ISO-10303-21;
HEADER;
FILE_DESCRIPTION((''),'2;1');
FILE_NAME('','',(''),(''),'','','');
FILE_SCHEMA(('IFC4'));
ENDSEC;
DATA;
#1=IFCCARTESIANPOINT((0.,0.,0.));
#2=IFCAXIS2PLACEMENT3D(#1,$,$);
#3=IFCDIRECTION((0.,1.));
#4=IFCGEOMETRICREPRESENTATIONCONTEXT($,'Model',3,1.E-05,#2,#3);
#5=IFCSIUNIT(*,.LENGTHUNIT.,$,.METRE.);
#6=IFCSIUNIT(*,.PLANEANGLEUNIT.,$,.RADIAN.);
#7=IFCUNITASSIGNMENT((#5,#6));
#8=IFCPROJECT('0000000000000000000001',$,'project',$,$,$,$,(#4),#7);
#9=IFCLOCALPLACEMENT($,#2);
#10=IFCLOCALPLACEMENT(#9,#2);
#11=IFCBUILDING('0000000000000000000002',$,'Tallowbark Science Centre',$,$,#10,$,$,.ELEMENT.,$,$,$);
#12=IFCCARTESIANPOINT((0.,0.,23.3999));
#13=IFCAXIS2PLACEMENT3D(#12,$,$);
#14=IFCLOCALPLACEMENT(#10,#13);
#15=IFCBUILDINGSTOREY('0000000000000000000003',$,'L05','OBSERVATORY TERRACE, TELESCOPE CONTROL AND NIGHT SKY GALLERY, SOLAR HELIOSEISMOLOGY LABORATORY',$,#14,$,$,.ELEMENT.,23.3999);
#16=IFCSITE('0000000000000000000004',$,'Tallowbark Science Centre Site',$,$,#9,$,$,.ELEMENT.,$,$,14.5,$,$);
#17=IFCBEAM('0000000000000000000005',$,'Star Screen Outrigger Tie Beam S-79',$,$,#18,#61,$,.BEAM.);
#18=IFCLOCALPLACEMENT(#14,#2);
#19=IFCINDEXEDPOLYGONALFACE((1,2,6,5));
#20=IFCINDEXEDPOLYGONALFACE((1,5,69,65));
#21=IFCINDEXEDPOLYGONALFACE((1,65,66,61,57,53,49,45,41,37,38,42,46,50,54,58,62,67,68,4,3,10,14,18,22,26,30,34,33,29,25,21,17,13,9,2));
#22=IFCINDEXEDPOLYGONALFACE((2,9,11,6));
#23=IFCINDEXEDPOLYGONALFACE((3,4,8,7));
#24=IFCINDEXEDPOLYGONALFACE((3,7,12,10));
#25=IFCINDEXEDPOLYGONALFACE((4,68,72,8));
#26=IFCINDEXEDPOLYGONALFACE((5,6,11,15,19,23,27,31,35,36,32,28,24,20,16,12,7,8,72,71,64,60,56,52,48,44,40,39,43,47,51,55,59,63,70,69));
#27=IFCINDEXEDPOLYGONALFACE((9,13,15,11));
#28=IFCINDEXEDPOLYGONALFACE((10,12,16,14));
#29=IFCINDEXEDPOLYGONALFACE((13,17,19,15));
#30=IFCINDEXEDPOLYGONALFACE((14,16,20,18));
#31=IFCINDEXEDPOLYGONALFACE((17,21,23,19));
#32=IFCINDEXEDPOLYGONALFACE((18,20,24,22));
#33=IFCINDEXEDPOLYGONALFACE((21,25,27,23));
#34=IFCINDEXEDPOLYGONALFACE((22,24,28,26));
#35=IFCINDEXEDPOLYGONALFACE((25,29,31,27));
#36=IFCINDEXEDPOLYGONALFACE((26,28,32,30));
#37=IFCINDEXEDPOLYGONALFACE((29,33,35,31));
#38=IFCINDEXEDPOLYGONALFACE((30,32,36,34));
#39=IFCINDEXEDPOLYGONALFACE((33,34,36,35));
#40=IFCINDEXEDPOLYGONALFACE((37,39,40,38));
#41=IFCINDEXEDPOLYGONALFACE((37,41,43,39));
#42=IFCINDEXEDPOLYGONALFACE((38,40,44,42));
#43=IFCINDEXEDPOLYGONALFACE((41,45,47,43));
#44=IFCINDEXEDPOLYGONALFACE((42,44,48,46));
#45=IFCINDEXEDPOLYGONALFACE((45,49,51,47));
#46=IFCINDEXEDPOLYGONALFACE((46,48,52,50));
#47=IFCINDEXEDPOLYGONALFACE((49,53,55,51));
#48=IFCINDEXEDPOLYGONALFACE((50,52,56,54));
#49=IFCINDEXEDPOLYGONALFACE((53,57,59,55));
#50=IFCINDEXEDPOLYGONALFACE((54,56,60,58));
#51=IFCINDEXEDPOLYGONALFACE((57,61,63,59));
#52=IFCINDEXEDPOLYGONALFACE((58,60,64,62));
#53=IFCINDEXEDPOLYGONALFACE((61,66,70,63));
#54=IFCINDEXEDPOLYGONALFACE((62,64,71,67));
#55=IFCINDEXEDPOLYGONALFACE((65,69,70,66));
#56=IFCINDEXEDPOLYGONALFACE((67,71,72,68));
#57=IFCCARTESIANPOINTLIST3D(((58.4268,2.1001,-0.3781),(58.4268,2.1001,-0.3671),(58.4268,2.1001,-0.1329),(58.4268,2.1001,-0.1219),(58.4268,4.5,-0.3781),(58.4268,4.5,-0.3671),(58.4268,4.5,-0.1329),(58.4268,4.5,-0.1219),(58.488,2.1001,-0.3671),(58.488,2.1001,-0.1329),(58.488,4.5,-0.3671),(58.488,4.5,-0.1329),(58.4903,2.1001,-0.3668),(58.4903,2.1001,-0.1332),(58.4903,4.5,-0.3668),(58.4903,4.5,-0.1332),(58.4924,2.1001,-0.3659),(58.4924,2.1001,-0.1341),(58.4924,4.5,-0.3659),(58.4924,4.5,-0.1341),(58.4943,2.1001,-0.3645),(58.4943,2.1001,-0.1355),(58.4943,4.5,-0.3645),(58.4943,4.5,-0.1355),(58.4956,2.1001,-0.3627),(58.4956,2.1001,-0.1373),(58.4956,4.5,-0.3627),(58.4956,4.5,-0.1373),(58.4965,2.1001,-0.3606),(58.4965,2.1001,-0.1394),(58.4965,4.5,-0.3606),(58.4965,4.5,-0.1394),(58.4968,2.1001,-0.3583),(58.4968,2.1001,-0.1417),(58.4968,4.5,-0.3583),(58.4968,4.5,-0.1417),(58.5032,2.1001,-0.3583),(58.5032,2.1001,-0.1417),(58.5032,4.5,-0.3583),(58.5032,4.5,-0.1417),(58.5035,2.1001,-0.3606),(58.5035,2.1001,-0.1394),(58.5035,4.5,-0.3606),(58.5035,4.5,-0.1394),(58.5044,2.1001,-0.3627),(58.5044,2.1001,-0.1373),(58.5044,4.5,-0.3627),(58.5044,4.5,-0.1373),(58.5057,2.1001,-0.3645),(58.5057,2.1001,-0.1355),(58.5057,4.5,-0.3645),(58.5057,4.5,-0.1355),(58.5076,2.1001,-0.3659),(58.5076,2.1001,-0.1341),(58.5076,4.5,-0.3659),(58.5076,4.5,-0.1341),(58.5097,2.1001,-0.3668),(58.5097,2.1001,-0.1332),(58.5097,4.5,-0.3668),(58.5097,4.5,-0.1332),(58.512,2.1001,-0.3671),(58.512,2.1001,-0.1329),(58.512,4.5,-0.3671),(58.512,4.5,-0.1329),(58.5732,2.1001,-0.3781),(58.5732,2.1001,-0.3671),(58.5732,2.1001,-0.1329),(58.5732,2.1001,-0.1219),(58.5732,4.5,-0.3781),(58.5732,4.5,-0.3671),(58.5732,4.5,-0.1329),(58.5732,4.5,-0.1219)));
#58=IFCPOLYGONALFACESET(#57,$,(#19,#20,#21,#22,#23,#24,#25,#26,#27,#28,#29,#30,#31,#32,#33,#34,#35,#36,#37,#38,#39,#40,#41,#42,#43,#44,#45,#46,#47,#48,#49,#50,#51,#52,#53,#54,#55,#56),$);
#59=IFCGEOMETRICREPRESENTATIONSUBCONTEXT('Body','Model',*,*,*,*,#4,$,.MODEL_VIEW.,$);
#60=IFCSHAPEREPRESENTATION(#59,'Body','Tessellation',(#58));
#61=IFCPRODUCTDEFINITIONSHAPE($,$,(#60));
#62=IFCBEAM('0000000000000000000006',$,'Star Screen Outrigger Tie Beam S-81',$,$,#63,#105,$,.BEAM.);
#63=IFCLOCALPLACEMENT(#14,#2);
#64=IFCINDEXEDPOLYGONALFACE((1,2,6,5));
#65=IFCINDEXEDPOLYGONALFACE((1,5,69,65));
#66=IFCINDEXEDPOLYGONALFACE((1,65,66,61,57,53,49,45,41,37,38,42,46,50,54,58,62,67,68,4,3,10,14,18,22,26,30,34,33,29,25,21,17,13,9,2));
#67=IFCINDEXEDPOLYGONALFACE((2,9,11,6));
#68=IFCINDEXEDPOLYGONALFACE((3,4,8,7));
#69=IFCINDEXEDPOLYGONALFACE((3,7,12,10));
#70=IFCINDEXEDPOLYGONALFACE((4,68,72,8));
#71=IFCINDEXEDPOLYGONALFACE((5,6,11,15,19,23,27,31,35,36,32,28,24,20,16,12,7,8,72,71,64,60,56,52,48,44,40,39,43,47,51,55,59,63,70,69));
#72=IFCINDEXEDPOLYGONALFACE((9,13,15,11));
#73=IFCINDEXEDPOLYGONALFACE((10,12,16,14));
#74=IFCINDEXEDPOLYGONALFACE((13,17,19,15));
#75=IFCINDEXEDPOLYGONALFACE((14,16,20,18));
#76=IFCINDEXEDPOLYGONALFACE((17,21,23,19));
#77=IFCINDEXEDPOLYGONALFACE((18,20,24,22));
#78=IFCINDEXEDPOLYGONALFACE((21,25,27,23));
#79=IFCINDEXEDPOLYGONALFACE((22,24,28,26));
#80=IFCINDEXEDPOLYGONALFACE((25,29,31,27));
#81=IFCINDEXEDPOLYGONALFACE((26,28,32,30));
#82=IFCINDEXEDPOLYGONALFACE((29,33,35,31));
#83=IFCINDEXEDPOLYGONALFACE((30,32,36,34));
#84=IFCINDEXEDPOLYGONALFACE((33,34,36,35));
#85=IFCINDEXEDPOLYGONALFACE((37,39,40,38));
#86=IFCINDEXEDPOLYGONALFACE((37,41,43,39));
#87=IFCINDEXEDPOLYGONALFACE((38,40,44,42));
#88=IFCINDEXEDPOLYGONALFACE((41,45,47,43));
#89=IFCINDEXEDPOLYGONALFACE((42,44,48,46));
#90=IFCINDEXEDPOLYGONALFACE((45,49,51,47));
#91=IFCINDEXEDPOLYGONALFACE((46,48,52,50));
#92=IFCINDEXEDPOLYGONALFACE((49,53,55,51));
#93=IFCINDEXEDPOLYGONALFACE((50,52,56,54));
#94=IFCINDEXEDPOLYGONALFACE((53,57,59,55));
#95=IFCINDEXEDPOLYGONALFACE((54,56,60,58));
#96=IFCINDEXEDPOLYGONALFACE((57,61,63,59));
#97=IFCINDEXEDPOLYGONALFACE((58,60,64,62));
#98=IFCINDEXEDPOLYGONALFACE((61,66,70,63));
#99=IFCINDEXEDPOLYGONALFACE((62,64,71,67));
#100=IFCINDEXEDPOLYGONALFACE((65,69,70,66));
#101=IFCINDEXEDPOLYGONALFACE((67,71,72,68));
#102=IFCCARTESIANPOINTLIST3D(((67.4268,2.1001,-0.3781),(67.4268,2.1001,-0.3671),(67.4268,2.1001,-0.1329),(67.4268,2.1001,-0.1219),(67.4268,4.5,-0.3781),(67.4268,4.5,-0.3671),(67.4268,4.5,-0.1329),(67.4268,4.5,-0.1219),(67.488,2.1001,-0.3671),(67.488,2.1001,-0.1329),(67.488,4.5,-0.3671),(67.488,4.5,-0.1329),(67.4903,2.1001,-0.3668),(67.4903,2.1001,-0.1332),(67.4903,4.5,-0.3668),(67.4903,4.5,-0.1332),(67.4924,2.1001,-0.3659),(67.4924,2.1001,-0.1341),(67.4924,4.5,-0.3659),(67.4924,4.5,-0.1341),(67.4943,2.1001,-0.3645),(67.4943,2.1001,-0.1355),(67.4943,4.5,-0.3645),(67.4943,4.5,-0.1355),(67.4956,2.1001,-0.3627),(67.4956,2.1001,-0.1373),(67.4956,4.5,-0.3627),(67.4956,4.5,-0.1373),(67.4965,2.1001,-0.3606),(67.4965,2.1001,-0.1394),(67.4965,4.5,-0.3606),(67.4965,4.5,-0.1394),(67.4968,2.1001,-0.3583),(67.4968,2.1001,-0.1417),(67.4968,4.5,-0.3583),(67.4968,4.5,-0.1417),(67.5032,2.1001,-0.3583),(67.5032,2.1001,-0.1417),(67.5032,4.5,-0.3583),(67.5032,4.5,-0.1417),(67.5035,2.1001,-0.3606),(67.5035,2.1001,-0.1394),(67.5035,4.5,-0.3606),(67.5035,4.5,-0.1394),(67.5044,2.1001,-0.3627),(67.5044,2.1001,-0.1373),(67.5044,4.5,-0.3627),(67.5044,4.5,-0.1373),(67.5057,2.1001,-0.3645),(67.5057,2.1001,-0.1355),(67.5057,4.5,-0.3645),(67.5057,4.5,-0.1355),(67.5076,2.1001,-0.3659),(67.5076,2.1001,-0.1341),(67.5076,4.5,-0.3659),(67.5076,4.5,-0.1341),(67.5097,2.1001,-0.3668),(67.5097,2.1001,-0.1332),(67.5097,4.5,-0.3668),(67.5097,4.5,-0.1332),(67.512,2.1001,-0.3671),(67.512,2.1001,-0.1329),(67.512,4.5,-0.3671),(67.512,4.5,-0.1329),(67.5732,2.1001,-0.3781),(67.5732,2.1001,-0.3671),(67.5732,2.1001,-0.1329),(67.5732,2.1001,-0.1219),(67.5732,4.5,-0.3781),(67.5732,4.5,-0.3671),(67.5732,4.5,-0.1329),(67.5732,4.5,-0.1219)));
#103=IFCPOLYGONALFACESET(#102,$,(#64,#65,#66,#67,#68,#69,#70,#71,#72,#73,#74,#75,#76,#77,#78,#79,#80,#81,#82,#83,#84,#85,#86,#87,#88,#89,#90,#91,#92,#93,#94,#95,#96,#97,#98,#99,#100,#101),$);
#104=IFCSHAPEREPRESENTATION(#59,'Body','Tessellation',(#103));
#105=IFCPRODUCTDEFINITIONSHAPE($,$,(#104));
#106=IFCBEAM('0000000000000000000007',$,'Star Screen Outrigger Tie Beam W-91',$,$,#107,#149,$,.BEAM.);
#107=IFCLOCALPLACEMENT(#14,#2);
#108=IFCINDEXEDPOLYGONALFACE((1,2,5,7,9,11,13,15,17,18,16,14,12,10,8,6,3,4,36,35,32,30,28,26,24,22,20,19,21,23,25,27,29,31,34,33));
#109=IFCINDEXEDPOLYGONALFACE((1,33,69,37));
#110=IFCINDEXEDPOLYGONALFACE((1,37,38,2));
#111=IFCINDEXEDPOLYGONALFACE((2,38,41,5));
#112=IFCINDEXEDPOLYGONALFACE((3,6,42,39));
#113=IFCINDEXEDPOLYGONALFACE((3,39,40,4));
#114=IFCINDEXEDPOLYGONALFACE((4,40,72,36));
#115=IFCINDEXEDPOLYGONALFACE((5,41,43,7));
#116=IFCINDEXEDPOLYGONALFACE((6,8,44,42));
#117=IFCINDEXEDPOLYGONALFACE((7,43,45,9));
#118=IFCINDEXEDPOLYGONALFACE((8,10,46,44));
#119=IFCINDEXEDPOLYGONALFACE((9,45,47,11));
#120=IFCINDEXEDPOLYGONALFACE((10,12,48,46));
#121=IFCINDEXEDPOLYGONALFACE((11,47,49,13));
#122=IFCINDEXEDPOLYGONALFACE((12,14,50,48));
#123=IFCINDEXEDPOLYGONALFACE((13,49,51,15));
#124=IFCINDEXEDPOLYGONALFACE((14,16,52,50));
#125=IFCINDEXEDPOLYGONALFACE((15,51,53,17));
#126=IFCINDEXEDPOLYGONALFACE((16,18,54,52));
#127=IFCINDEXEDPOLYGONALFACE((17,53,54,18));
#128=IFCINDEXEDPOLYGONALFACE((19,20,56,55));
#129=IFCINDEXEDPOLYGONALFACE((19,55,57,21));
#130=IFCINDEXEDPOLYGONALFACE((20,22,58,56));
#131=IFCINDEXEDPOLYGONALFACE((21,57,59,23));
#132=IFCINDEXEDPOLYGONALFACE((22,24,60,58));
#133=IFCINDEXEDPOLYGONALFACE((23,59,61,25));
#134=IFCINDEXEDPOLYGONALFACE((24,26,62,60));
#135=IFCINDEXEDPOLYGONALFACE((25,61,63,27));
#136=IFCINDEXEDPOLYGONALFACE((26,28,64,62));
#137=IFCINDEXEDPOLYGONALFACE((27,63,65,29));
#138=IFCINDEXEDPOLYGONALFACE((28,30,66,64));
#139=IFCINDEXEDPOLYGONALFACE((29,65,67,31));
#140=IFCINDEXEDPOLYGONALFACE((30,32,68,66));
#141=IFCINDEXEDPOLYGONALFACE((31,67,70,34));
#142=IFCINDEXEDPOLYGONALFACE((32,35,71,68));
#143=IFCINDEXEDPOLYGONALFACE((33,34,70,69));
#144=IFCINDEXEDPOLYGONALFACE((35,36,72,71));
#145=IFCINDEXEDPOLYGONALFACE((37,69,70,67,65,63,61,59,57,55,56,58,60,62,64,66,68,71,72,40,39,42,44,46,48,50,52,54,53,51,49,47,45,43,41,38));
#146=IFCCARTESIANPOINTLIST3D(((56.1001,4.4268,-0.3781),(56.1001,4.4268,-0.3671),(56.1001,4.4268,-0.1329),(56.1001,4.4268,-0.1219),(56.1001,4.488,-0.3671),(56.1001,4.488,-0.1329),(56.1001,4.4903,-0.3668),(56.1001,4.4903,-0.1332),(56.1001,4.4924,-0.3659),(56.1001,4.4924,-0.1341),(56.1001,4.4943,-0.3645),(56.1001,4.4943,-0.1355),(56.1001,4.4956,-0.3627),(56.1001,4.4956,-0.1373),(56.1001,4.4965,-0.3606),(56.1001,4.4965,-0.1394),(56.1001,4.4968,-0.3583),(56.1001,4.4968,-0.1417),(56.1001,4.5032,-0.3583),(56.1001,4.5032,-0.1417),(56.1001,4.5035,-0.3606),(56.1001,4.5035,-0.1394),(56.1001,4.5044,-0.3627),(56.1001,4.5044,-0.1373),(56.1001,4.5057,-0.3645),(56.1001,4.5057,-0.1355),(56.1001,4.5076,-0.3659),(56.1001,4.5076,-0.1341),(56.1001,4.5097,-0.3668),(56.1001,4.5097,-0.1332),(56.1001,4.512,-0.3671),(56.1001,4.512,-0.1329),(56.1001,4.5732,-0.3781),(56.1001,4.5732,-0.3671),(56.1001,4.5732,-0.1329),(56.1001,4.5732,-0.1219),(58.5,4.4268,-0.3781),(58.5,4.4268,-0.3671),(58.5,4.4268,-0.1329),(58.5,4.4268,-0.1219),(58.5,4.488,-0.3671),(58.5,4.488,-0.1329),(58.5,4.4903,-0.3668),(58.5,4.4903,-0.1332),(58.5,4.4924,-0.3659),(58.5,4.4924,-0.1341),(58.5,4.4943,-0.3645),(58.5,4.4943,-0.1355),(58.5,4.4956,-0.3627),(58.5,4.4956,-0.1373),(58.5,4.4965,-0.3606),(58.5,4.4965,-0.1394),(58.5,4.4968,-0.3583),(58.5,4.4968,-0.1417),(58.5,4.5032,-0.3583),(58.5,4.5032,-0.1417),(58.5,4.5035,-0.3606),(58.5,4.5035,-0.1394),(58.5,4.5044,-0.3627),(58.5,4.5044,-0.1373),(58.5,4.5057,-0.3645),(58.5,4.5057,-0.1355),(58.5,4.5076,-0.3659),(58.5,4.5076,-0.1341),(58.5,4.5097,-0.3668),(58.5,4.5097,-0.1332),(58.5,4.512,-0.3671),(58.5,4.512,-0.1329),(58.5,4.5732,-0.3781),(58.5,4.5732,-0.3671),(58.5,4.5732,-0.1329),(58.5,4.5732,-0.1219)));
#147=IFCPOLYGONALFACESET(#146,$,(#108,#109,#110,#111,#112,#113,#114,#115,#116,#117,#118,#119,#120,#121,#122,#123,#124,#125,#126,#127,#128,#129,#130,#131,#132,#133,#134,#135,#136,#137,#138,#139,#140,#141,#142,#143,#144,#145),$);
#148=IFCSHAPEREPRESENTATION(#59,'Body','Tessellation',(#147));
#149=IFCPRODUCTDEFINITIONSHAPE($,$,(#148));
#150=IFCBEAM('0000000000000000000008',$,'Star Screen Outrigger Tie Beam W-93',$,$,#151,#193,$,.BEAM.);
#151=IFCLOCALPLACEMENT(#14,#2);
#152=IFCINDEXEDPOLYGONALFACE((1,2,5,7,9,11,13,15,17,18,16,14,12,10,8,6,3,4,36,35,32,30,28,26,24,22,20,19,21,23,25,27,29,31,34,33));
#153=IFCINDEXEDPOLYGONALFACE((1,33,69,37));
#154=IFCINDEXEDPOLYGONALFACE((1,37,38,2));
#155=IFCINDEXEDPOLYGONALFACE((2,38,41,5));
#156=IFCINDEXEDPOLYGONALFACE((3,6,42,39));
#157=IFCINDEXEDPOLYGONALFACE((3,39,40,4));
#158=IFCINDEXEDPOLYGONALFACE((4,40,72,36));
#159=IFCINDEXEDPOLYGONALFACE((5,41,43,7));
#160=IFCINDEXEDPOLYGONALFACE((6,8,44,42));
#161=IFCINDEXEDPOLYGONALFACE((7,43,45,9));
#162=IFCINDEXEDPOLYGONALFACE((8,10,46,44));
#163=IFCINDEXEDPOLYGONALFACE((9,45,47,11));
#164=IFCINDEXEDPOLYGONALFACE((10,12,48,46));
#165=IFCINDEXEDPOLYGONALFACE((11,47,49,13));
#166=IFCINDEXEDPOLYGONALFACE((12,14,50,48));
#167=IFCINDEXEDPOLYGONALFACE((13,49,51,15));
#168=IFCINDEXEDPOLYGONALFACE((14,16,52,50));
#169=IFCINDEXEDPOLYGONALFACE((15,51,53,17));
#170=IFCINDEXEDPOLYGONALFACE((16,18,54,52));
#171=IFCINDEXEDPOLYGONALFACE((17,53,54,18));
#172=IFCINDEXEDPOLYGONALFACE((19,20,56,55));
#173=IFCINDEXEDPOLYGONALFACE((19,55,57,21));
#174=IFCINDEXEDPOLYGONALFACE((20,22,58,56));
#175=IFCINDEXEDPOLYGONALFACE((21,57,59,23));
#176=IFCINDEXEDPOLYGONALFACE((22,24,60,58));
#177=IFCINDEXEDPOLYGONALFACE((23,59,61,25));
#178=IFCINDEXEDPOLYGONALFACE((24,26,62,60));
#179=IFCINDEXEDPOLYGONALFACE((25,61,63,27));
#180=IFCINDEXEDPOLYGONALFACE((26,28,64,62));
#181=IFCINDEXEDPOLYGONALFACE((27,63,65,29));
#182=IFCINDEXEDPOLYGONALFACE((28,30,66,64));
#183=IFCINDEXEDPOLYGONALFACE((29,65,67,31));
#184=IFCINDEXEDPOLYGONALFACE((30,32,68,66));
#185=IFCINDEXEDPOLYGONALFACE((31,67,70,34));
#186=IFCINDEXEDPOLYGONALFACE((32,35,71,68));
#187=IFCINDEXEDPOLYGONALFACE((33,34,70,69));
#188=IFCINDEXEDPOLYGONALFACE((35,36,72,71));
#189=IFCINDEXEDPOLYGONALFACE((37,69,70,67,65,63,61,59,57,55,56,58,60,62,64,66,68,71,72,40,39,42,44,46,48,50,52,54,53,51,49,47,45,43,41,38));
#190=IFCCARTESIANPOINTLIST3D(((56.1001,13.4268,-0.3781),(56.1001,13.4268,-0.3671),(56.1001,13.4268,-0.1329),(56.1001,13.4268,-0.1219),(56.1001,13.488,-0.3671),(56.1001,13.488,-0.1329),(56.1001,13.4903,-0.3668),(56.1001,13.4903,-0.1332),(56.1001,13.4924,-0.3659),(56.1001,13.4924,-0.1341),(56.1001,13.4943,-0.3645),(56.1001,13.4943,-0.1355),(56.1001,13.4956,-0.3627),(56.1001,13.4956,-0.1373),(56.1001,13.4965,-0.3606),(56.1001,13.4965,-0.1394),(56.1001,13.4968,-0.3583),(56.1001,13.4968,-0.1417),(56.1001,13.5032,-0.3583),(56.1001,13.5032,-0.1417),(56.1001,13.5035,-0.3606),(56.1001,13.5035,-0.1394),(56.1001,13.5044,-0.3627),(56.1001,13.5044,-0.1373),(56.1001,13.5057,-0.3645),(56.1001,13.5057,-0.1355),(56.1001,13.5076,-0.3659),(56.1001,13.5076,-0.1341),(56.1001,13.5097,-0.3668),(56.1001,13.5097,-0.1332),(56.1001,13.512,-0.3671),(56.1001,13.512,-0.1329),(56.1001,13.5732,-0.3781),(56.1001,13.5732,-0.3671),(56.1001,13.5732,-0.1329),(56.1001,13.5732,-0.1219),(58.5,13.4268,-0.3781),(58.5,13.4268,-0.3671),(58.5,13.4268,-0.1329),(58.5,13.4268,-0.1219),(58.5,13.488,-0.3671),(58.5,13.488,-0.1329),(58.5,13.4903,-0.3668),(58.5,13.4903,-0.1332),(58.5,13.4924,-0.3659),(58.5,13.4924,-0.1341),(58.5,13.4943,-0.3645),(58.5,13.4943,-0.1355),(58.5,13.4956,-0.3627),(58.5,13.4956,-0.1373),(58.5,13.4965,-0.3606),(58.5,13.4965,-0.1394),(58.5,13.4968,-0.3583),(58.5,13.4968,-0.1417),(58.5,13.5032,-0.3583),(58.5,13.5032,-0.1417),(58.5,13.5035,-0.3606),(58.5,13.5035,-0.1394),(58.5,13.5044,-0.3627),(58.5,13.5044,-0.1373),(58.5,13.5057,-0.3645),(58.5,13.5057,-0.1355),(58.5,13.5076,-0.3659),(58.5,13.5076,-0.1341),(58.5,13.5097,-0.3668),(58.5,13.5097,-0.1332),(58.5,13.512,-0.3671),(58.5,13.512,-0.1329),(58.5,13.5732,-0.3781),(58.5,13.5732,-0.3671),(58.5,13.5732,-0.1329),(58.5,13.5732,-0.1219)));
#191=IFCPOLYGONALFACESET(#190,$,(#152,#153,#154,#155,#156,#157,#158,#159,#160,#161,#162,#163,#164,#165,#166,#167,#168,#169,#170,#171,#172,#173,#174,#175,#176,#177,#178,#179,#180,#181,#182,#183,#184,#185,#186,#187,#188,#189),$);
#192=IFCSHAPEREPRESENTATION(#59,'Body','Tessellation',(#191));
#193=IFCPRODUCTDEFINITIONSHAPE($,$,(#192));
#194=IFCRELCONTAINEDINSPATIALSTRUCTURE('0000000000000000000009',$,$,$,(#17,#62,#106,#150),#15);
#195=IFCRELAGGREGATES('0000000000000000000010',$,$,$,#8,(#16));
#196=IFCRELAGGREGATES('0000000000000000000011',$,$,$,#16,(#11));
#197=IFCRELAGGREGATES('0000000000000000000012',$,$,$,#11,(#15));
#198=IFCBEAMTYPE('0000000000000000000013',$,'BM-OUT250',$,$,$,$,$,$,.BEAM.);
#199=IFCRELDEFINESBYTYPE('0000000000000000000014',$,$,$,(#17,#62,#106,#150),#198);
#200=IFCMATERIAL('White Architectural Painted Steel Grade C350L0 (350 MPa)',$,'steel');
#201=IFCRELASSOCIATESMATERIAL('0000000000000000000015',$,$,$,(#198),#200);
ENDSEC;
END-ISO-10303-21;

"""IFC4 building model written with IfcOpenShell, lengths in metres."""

from ifc_helpers import new_model, si_unit, direction, frame, origin, origin_2d, place, context, subcontext, project, spatial, i_section, extrude, material, material_profile, profile_set, type_object, element, save


model = new_model("IFC4")

# Units and contexts
model_context = context("Model", 3, precision=1e-05, world=origin(), true_north=direction((0.0, 1.0)))
body_context = subcontext(model_context, "Body", "Model", "MODEL_VIEW")
ifc_project = project(units=[si_unit("LENGTHUNIT", "METRE"), si_unit("PLANEANGLEUNIT", "RADIAN")], contexts=[model_context])

# Site, building, storey
site_placement = place(None, origin())
site = spatial("IfcSite", under=ifc_project, at=site_placement, Name="Tallowbark Science Centre Site", CompositionType="ELEMENT", RefElevation=14.5)
building_placement = place(site_placement, origin())
building = spatial("IfcBuilding", under=site, at=building_placement, Name="Tallowbark Science Centre", CompositionType="ELEMENT")
storey_placement = place(building_placement, frame((0.0, 0.0, 23.3999)))
storey = spatial("IfcBuildingStorey", under=building, at=storey_placement, Name="L05", Description="OBSERVATORY TERRACE, TELESCOPE CONTROL AND NIGHT SKY GALLERY, SOLAR HELIOSEISMOLOGY LABORATORY", CompositionType="ELEMENT", Elevation=23.3999)

# Shared definitions
ifc_material_1 = material(Name="White Architectural Painted Steel Grade C350L0 (350 MPa)", Category="steel")

# Beams
ifc_material_profile_1 = material_profile(ifc_material_1, i_section(OverallWidth=0.1465, OverallDepth=0.2561, WebThickness=0.0063, FlangeThickness=0.011, FilletRadius=0.0088, at=origin_2d()), Name="250UB37.3")
ifc_profile_set_1 = profile_set([ifc_material_profile_1], Name="White Architectural Painted Steel Grade C350L0 (350 MPa)")
beam_type_1 = type_object("IfcBeamType", Name="BM-OUT250", PredefinedType="BEAM", material=ifc_profile_set_1)
for number, where, z_axis, x_axis, name in (
    (1, (58.5, 4.5, -0.25), (0.0, -1.0, 0.0), (1.0, 0.0, 0.0), "Star Screen Outrigger Tie Beam S-79"),
    (2, (67.5, 4.5, -0.25), (0.0, -1.0, 0.0), (1.0, 0.0, 0.0), "Star Screen Outrigger Tie Beam S-81"),
    (3, (58.5, 4.5, -0.25), (-1.0, 0.0, 0.0), (0.0, -1.0, 0.0), "Star Screen Outrigger Tie Beam W-91"),
    (4, (58.5, 13.5, -0.25), (-1.0, 0.0, 0.0), (0.0, -1.0, 0.0), "Star Screen Outrigger Tie Beam W-93"),
):
    element("IfcBeam", number, at=place(storey_placement, frame(where, z_axis=z_axis, x_axis=x_axis)), inside=storey, type_object=beam_type_1, Name=name, PredefinedType="BEAM", context=body_context, shape_type="SweptSolid", body=[
        extrude(i_section(OverallWidth=0.1465, OverallDepth=0.2561, WebThickness=0.0063, FlangeThickness=0.011, FilletRadius=0.0088, at=origin_2d()), origin(), (0.0, 0.0, 1.0), 2.3999),
    ])

save(model, "model.ifc")
